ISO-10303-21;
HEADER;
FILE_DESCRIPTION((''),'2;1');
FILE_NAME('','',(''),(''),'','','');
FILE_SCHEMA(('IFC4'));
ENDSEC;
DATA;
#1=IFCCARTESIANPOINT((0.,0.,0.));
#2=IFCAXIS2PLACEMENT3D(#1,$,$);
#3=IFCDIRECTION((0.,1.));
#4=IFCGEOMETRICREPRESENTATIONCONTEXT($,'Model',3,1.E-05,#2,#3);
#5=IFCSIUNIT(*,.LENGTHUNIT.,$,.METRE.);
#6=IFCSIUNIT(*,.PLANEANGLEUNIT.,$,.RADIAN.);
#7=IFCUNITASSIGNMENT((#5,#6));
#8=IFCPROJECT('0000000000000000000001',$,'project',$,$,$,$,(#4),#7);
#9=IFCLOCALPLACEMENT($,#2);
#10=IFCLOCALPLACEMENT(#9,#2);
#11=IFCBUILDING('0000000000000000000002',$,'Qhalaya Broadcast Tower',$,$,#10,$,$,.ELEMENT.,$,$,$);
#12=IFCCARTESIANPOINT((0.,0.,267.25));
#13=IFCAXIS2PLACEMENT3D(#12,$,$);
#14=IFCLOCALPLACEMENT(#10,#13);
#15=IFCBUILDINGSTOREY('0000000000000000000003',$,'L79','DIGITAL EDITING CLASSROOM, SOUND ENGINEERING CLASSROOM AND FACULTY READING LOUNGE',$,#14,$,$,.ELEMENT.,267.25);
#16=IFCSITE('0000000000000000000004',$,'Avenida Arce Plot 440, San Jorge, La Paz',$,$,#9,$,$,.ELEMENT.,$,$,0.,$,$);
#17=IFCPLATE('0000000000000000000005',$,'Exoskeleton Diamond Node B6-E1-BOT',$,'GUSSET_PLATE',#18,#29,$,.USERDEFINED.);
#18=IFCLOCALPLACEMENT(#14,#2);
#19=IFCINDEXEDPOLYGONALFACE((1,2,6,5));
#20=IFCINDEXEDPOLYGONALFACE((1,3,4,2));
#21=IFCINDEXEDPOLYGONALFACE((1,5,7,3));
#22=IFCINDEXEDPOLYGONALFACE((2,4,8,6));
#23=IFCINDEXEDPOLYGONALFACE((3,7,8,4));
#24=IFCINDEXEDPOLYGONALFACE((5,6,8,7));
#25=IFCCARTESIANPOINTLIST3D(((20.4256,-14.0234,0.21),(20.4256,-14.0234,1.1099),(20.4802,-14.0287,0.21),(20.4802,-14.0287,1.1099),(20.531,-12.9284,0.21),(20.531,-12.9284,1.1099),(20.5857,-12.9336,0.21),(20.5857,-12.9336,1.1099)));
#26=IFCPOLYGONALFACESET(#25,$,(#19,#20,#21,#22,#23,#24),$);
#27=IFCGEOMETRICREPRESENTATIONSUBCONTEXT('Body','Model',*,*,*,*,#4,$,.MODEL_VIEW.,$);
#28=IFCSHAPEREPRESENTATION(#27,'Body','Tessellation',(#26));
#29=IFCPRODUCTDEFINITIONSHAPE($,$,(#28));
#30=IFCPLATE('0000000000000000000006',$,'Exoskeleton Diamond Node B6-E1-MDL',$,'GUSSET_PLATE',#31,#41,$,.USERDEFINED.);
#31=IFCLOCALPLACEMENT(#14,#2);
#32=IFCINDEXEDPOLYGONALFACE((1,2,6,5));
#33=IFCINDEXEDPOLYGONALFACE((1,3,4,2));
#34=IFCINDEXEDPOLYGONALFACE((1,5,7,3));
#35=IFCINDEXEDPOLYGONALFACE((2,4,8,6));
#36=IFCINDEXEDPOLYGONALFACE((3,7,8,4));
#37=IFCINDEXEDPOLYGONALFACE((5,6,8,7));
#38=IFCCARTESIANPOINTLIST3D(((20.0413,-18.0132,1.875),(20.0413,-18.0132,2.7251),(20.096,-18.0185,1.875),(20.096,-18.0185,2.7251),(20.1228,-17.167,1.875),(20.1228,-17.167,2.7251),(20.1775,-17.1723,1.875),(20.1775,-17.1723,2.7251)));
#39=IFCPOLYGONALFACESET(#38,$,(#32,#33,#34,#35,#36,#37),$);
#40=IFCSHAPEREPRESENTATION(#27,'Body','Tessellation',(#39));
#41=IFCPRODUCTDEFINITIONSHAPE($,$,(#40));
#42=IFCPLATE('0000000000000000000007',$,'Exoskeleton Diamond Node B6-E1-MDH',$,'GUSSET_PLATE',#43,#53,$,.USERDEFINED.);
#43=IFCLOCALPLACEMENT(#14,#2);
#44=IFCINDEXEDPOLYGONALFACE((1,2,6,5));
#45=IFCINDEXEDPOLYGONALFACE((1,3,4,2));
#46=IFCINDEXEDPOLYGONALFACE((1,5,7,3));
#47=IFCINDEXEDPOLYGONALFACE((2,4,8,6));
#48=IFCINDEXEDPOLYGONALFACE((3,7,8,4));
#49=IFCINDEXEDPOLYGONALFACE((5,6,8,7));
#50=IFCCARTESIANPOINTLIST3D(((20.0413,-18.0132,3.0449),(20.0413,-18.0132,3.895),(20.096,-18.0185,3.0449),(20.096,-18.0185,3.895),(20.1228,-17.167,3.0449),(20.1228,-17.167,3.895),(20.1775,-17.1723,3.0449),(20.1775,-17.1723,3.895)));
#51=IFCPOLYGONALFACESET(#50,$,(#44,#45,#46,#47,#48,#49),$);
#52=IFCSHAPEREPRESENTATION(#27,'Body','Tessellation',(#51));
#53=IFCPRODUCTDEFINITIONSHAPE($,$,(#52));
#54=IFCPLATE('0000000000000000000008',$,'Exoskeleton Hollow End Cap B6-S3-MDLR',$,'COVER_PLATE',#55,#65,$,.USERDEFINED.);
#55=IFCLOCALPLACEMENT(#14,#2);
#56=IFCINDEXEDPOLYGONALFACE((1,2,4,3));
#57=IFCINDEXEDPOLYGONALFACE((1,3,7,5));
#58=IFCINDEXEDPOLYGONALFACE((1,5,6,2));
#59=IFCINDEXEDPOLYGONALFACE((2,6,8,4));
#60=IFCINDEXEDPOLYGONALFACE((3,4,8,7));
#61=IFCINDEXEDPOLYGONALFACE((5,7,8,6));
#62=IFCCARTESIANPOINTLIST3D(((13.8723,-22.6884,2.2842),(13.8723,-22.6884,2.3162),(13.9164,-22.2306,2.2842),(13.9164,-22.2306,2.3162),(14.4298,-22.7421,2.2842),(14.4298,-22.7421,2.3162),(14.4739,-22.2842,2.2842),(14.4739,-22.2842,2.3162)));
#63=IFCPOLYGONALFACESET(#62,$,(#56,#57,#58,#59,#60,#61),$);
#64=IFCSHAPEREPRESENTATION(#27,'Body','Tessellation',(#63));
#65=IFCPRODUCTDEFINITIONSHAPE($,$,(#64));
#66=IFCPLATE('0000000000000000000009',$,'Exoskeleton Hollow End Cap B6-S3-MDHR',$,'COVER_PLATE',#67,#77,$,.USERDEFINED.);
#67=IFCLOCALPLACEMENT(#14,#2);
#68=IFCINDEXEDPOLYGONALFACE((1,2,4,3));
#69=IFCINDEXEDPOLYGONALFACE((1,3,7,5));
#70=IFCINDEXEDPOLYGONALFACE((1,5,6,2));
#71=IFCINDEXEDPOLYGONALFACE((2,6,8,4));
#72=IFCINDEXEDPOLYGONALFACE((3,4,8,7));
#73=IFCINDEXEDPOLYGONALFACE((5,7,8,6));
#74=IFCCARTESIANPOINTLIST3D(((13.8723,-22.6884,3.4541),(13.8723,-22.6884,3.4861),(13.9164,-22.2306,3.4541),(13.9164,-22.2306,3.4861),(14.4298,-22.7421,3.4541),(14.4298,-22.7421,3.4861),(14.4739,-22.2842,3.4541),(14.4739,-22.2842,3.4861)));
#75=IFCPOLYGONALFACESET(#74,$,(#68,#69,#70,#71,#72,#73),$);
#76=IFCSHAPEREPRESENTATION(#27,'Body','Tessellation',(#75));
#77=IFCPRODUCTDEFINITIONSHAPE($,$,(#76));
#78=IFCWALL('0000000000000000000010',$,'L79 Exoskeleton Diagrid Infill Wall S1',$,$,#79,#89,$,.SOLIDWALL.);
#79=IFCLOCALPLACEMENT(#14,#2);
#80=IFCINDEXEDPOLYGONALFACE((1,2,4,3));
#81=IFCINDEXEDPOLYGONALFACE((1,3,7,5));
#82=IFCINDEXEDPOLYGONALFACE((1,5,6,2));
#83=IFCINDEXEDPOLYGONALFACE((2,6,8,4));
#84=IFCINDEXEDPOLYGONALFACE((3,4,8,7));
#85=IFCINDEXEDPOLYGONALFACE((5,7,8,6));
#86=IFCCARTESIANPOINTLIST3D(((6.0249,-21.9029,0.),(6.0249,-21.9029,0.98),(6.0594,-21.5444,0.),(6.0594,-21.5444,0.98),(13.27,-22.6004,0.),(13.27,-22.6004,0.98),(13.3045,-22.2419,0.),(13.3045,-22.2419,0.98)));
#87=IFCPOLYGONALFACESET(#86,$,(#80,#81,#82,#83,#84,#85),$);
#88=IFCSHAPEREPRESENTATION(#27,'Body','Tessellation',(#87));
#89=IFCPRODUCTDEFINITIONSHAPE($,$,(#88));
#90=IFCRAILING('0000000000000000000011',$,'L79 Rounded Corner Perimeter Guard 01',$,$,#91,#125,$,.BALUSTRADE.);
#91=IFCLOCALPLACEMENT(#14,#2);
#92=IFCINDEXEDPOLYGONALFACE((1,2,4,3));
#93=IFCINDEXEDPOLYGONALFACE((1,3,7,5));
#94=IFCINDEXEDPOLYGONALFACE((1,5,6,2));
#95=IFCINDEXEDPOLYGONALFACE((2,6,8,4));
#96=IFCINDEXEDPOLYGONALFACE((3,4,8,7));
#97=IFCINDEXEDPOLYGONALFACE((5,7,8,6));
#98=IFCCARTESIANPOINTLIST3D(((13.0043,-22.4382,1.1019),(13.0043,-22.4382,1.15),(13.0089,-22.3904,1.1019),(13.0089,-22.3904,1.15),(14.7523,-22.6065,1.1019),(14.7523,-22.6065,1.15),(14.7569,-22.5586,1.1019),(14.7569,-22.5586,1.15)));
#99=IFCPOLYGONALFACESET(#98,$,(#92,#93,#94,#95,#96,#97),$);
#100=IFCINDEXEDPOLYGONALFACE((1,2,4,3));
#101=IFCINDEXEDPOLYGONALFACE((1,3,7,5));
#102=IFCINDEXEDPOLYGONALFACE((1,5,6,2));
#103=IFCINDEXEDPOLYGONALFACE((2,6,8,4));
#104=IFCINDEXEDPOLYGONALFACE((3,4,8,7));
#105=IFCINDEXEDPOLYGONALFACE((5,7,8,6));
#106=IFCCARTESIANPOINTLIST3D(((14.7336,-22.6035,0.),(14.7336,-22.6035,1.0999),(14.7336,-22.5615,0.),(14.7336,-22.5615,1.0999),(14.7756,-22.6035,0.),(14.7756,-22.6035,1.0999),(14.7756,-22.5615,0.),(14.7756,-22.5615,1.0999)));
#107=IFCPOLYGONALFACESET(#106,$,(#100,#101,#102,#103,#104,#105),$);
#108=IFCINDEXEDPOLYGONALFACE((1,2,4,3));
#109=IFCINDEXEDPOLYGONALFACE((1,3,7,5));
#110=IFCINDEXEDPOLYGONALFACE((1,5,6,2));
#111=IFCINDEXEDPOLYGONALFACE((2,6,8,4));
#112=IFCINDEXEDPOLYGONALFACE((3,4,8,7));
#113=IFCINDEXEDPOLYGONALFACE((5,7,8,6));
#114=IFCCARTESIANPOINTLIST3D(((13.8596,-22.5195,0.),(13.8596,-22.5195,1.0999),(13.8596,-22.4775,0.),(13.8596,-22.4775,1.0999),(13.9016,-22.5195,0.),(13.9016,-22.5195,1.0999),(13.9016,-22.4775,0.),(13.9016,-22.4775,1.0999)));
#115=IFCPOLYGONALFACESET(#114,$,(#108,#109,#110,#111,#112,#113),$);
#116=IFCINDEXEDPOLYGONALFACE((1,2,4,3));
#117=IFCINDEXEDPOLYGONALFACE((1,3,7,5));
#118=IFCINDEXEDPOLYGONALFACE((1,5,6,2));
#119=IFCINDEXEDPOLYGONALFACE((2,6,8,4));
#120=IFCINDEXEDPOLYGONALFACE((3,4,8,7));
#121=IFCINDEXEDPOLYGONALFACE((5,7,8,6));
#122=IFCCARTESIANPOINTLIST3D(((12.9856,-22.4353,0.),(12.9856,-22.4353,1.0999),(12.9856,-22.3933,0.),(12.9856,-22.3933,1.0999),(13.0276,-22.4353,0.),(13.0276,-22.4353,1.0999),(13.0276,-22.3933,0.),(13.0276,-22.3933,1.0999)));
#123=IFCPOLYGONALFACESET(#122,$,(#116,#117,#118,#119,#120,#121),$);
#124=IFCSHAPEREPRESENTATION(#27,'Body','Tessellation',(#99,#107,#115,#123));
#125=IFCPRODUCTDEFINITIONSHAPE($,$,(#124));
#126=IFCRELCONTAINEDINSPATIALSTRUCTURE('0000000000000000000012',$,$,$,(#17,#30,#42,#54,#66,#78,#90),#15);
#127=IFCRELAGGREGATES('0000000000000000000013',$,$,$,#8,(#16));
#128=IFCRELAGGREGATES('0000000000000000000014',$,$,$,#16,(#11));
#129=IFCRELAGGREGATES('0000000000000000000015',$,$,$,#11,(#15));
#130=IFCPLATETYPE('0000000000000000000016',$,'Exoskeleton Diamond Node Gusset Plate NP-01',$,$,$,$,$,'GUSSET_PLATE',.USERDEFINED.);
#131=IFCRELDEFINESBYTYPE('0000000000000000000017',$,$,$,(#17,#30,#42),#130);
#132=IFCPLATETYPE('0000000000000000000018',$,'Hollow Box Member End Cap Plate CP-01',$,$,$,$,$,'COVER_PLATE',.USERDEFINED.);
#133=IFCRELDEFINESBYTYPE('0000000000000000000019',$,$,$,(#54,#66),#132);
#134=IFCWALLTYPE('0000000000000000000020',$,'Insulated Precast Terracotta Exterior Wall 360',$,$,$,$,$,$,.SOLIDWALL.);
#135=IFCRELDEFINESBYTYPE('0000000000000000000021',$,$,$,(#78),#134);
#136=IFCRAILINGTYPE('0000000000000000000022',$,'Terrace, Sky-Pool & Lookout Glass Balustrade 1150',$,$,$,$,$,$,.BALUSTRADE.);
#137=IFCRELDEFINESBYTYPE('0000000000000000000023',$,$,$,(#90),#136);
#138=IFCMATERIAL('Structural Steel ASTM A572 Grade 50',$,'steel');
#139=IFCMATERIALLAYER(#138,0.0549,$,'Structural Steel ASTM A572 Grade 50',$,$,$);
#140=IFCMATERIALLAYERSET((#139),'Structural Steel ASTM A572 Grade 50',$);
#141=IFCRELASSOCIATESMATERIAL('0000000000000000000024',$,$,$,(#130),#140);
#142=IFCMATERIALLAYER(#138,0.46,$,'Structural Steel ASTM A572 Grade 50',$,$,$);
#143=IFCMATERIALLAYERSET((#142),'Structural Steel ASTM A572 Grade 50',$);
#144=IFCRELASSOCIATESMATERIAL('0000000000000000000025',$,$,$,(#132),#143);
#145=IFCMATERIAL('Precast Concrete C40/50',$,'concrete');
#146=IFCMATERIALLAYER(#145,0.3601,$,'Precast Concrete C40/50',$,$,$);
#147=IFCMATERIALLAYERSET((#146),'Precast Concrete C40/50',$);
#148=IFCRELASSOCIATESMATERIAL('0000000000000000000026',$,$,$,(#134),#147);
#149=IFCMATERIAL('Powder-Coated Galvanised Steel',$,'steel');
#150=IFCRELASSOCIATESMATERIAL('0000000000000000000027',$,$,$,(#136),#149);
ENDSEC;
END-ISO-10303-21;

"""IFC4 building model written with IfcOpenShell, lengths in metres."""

from ifc_helpers import new_model, si_unit, direction, frame, frame_2d, origin, origin_2d, place, context, subcontext, project, spatial, rectangle, extrude, material, layer, layer_set, type_object, element, save


model = new_model("IFC4")

# Units and contexts
model_context = context("Model", 3, precision=1e-05, world=origin(), true_north=direction((0.0, 1.0)))
body_context = subcontext(model_context, "Body", "Model", "MODEL_VIEW")
ifc_project = project(units=[si_unit("LENGTHUNIT", "METRE"), si_unit("PLANEANGLEUNIT", "RADIAN")], contexts=[model_context])

# Site, building, storey
site_placement = place(None, origin())
site = spatial("IfcSite", under=ifc_project, at=site_placement, Name="Avenida Arce Plot 440, San Jorge, La Paz", CompositionType="ELEMENT", RefElevation=0.0)
building_placement = place(site_placement, origin())
building = spatial("IfcBuilding", under=site, at=building_placement, Name="Qhalaya Broadcast Tower", CompositionType="ELEMENT")
storey_placement = place(building_placement, frame((0.0, 0.0, 267.25)))
storey = spatial("IfcBuildingStorey", under=building, at=storey_placement, Name="L79", Description="DIGITAL EDITING CLASSROOM, SOUND ENGINEERING CLASSROOM AND FACULTY READING LOUNGE", CompositionType="ELEMENT", Elevation=267.25)

# Shared definitions
ifc_material_1 = material(Name="Structural Steel ASTM A572 Grade 50", Category="steel")

# Plates
ifc_layer_1 = layer(ifc_material_1, 0.0549, Name="Structural Steel ASTM A572 Grade 50")
ifc_layer_set_1 = layer_set([ifc_layer_1], Name="Structural Steel ASTM A572 Grade 50")
plate_type_1 = type_object("IfcPlateType", Name="Exoskeleton Diamond Node Gusset Plate NP-01", ElementType="GUSSET_PLATE", PredefinedType="USERDEFINED", material=ifc_layer_set_1)
for number, where, z_axis, x_axis, name in (
    (1, (20.5056, -13.4785, 0.21), (0.0, 0.0, 1.0), (0.095846, 0.995396, 0.0), "Exoskeleton Diamond Node B6-E1-BOT"),
):
    element("IfcPlate", number, at=place(storey_placement, frame(where, z_axis=z_axis, x_axis=x_axis)), inside=storey, type_object=plate_type_1, Name=name, ObjectType="GUSSET_PLATE", PredefinedType="USERDEFINED", context=body_context, shape_type="SweptSolid", body=[
        extrude(rectangle(XDim=1.1001, YDim=0.0549, at=origin_2d()), origin(), (0.0, 0.0, 1.0), 0.8999),
    ])
for number, where, z_axis, x_axis, name in (
    (2, (20.1094, -17.5928, 1.875), (0.0, 0.0, 1.0), (0.095846, 0.995396, 0.0), "Exoskeleton Diamond Node B6-E1-MDL"),
    (3, (20.1094, -17.5928, 3.0449), (0.0, 0.0, 1.0), (0.095846, 0.995396, 0.0), "Exoskeleton Diamond Node B6-E1-MDH"),
):
    element("IfcPlate", number, at=place(storey_placement, frame(where, z_axis=z_axis, x_axis=x_axis)), inside=storey, type_object=plate_type_1, Name=name, ObjectType="GUSSET_PLATE", PredefinedType="USERDEFINED", context=body_context, shape_type="SweptSolid", body=[
        extrude(rectangle(XDim=0.8501, YDim=0.0549, at=origin_2d()), origin(), (0.0, 0.0, 1.0), 0.8501),
    ])
ifc_layer_2 = layer(ifc_material_1, 0.46, Name="Structural Steel ASTM A572 Grade 50")
ifc_layer_set_2 = layer_set([ifc_layer_2], Name="Structural Steel ASTM A572 Grade 50")
plate_type_2 = type_object("IfcPlateType", Name="Hollow Box Member End Cap Plate CP-01", ElementType="COVER_PLATE", PredefinedType="USERDEFINED", material=ifc_layer_set_2)
for number, where, z_axis, x_axis, name in (
    (4, (14.1731, -22.4863, 2.2842), (0.0, 0.0, 1.0), (0.995396, -0.095846, 0.0), "Exoskeleton Hollow End Cap B6-S3-MDLR"),
    (5, (14.1731, -22.4863, 3.4541), (0.0, 0.0, 1.0), (0.995396, -0.095846, 0.0), "Exoskeleton Hollow End Cap B6-S3-MDHR"),
):
    element("IfcPlate", number, at=place(storey_placement, frame(where, z_axis=z_axis, x_axis=x_axis)), inside=storey, type_object=plate_type_2, Name=name, ObjectType="COVER_PLATE", PredefinedType="USERDEFINED", context=body_context, shape_type="SweptSolid", body=[
        extrude(rectangle(XDim=0.5601, YDim=0.46, at=origin_2d()), origin(), (0.0, 0.0, 1.0), 0.032),
    ])

# Wall
ifc_material_2 = material(Name="Precast Concrete C40/50", Category="concrete")
ifc_layer_3 = layer(ifc_material_2, 0.3601, Name="Precast Concrete C40/50")
ifc_layer_set_3 = layer_set([ifc_layer_3], Name="Precast Concrete C40/50")
wall_type = type_object("IfcWallType", Name="Insulated Precast Terracotta Exterior Wall 360", PredefinedType="SOLIDWALL", material=ifc_layer_set_3)
wall_placement = place(storey_placement, frame((13.2871, -22.4211, 0.0), z_axis=(0.0, 0.0, 1.0), x_axis=(-0.995398, 0.09583, 0.0)))
element("IfcWall", 6, at=wall_placement, inside=storey, type_object=wall_type, Name="L79 Exoskeleton Diagrid Infill Wall S1", PredefinedType="SOLIDWALL", context=body_context, shape_type="SweptSolid", body=[
    extrude(rectangle(XDim=7.2786, YDim=0.3601, at=frame_2d((3.6392, 0.0))), origin(), (0.0, 0.0, 1.0), 0.98),
])

# Railing
ifc_material_3 = material(Name="Powder-Coated Galvanised Steel", Category="steel")
railing_type = type_object("IfcRailingType", Name="Terrace, Sky-Pool & Lookout Glass Balustrade 1150", PredefinedType="BALUSTRADE", material=ifc_material_3)
railing_1_placement = place(storey_placement, frame((14.7546, -22.5825, 0.0)))
element("IfcRailing", 7, at=railing_1_placement, inside=storey, type_object=railing_type, Name="L79 Rounded Corner Perimeter Guard 01", PredefinedType="BALUSTRADE", context=body_context, shape_type="SweptSolid", body=[
    extrude(rectangle(XDim=0.0481, YDim=0.0481, at=origin_2d()), frame((0.0, 0.0, 1.126), z_axis=(-0.995402, 0.095787, 0.0), x_axis=(-0.095787, -0.995402, 0.0)), (0.0, 0.0, 1.0), 1.7561),
    extrude(rectangle(XDim=0.042, YDim=0.042, at=origin_2d()), origin(), (0.0, 0.0, 1.0), 1.0999),
    extrude(rectangle(XDim=0.042, YDim=0.042, at=origin_2d()), frame((-0.874, 0.084, 0.0)), (0.0, 0.0, 1.0), 1.0999),
    extrude(rectangle(XDim=0.042, YDim=0.042, at=origin_2d()), frame((-1.748, 0.1682, 0.0)), (0.0, 0.0, 1.0), 1.0999),
])

save(model, "model.ifc")
